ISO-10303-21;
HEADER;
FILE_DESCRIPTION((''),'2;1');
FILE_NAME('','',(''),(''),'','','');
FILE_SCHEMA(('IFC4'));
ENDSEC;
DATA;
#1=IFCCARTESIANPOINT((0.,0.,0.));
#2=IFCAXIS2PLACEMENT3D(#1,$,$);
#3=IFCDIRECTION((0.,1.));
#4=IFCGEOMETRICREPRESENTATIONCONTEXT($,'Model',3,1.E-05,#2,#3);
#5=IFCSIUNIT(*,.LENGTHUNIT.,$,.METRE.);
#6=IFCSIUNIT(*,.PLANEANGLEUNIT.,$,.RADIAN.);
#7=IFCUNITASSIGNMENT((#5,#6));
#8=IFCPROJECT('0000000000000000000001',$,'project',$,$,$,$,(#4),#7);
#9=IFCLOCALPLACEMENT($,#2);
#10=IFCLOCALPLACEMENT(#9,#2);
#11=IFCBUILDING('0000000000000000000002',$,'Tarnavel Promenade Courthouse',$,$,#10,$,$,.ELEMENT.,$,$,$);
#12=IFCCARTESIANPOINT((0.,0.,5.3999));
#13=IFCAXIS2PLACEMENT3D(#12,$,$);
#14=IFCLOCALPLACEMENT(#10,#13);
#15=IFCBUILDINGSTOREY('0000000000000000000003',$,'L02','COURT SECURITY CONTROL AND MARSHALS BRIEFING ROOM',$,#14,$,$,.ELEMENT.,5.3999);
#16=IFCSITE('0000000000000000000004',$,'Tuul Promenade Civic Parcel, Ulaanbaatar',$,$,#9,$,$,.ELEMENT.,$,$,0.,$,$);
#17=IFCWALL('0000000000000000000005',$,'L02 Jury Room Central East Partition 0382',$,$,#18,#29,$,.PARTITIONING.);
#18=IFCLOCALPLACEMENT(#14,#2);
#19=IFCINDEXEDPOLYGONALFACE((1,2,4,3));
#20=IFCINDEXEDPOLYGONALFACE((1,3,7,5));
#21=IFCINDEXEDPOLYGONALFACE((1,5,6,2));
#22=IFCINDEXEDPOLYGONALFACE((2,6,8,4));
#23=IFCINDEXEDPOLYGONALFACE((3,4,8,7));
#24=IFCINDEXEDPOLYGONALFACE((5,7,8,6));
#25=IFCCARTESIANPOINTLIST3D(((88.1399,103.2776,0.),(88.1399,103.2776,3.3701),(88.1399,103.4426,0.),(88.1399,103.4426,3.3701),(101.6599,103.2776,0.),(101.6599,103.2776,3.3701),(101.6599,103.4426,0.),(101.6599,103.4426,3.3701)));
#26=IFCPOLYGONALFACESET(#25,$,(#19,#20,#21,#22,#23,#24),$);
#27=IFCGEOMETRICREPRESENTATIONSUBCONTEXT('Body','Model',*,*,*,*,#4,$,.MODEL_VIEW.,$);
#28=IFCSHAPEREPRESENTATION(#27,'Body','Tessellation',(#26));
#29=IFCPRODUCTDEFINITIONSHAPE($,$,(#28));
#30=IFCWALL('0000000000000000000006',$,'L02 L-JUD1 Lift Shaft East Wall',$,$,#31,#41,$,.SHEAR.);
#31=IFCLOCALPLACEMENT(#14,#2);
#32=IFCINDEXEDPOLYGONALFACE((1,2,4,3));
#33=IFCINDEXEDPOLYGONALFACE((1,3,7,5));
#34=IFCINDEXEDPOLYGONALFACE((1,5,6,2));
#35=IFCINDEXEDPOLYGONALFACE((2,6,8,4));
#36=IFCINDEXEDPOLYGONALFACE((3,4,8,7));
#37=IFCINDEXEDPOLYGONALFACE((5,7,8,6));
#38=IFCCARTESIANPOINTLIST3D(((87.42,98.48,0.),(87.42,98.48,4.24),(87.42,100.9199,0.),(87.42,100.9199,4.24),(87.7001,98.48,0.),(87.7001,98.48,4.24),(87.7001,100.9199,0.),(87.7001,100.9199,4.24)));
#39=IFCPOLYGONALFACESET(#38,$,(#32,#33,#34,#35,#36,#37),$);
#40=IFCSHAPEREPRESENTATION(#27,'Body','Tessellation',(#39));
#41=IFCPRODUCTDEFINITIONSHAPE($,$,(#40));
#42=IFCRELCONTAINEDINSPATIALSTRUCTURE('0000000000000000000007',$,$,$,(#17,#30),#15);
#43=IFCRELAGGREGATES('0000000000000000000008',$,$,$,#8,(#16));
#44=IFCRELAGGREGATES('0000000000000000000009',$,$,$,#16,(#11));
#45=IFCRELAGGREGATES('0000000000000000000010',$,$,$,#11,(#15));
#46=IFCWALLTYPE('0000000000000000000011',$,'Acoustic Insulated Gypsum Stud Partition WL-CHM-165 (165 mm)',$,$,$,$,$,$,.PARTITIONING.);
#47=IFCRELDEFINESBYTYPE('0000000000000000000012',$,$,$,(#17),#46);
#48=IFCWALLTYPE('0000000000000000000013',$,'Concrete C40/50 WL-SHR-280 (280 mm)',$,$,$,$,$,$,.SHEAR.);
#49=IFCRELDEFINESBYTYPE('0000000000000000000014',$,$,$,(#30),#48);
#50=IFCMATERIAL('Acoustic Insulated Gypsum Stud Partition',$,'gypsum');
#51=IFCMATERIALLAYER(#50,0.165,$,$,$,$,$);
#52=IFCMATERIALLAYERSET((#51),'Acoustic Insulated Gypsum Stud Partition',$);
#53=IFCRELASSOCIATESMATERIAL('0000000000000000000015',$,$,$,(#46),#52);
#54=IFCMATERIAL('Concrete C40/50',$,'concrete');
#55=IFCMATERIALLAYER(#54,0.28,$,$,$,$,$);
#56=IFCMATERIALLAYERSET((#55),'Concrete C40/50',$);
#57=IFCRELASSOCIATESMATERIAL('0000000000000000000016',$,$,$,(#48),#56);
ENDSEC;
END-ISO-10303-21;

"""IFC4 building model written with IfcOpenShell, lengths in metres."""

from ifc_helpers import new_model, si_unit, direction, frame, frame_2d, origin, place, context, subcontext, project, spatial, rectangle, extrude, material, layer, layer_set, type_object, element, save


model = new_model("IFC4")

# Units and contexts
model_context = context("Model", 3, precision=1e-05, world=origin(), true_north=direction((0.0, 1.0)))
body_context = subcontext(model_context, "Body", "Model", "MODEL_VIEW")
ifc_project = project(units=[si_unit("LENGTHUNIT", "METRE"), si_unit("PLANEANGLEUNIT", "RADIAN")], contexts=[model_context])

# Site, building, storey
site_placement = place(None, origin())
site = spatial("IfcSite", under=ifc_project, at=site_placement, Name="Tuul Promenade Civic Parcel, Ulaanbaatar", CompositionType="ELEMENT", RefElevation=0.0)
building_placement = place(site_placement, origin())
building = spatial("IfcBuilding", under=site, at=building_placement, Name="Tarnavel Promenade Courthouse", CompositionType="ELEMENT")
storey_placement = place(building_placement, frame((0.0, 0.0, 5.3999)))
storey = spatial("IfcBuildingStorey", under=building, at=storey_placement, Name="L02", Description="COURT SECURITY CONTROL AND MARSHALS BRIEFING ROOM", CompositionType="ELEMENT", Elevation=5.3999)

# Shared definitions
ifc_material_1 = material(Name="Concrete C40/50", Category="concrete")

# Walls
ifc_material_2 = material(Name="Acoustic Insulated Gypsum Stud Partition", Category="gypsum")
ifc_layer_1 = layer(ifc_material_2, 0.165)
ifc_layer_set_1 = layer_set([ifc_layer_1], Name="Acoustic Insulated Gypsum Stud Partition")
wall_type_1 = type_object("IfcWallType", Name="Acoustic Insulated Gypsum Stud Partition WL-CHM-165 (165 mm)", PredefinedType="PARTITIONING", material=ifc_layer_set_1)
wall_1_placement = place(storey_placement, frame((88.1399, 103.3601, 0.0), z_axis=(0.0, 0.0, 1.0), x_axis=(1.0, 0.0, 0.0)))
element("IfcWall", 1, at=wall_1_placement, inside=storey, type_object=wall_type_1, Name="L02 Jury Room Central East Partition 0382", PredefinedType="PARTITIONING", context=body_context, shape_type="SweptSolid", body=[
    extrude(rectangle(XDim=13.52, YDim=0.165, at=frame_2d((6.76, 0.0))), origin(), (0.0, 0.0, 1.0), 3.3701),
])
ifc_layer_2 = layer(ifc_material_1, 0.28)
ifc_layer_set_2 = layer_set([ifc_layer_2], Name="Concrete C40/50")
wall_type_2 = type_object("IfcWallType", Name="Concrete C40/50 WL-SHR-280 (280 mm)", PredefinedType="SHEAR", material=ifc_layer_set_2)
wall_2_placement = place(storey_placement, frame((87.5601, 100.9199, 0.0), z_axis=(0.0, 0.0, 1.0), x_axis=(0.0, -1.0, 0.0)))
element("IfcWall", 2, at=wall_2_placement, inside=storey, type_object=wall_type_2, Name="L02 L-JUD1 Lift Shaft East Wall", PredefinedType="SHEAR", context=body_context, shape_type="SweptSolid", body=[
    extrude(rectangle(XDim=2.4399, YDim=0.28, at=frame_2d((1.22, 0.0))), origin(), (0.0, 0.0, 1.0), 4.24),
])

save(model, "model.ifc")
